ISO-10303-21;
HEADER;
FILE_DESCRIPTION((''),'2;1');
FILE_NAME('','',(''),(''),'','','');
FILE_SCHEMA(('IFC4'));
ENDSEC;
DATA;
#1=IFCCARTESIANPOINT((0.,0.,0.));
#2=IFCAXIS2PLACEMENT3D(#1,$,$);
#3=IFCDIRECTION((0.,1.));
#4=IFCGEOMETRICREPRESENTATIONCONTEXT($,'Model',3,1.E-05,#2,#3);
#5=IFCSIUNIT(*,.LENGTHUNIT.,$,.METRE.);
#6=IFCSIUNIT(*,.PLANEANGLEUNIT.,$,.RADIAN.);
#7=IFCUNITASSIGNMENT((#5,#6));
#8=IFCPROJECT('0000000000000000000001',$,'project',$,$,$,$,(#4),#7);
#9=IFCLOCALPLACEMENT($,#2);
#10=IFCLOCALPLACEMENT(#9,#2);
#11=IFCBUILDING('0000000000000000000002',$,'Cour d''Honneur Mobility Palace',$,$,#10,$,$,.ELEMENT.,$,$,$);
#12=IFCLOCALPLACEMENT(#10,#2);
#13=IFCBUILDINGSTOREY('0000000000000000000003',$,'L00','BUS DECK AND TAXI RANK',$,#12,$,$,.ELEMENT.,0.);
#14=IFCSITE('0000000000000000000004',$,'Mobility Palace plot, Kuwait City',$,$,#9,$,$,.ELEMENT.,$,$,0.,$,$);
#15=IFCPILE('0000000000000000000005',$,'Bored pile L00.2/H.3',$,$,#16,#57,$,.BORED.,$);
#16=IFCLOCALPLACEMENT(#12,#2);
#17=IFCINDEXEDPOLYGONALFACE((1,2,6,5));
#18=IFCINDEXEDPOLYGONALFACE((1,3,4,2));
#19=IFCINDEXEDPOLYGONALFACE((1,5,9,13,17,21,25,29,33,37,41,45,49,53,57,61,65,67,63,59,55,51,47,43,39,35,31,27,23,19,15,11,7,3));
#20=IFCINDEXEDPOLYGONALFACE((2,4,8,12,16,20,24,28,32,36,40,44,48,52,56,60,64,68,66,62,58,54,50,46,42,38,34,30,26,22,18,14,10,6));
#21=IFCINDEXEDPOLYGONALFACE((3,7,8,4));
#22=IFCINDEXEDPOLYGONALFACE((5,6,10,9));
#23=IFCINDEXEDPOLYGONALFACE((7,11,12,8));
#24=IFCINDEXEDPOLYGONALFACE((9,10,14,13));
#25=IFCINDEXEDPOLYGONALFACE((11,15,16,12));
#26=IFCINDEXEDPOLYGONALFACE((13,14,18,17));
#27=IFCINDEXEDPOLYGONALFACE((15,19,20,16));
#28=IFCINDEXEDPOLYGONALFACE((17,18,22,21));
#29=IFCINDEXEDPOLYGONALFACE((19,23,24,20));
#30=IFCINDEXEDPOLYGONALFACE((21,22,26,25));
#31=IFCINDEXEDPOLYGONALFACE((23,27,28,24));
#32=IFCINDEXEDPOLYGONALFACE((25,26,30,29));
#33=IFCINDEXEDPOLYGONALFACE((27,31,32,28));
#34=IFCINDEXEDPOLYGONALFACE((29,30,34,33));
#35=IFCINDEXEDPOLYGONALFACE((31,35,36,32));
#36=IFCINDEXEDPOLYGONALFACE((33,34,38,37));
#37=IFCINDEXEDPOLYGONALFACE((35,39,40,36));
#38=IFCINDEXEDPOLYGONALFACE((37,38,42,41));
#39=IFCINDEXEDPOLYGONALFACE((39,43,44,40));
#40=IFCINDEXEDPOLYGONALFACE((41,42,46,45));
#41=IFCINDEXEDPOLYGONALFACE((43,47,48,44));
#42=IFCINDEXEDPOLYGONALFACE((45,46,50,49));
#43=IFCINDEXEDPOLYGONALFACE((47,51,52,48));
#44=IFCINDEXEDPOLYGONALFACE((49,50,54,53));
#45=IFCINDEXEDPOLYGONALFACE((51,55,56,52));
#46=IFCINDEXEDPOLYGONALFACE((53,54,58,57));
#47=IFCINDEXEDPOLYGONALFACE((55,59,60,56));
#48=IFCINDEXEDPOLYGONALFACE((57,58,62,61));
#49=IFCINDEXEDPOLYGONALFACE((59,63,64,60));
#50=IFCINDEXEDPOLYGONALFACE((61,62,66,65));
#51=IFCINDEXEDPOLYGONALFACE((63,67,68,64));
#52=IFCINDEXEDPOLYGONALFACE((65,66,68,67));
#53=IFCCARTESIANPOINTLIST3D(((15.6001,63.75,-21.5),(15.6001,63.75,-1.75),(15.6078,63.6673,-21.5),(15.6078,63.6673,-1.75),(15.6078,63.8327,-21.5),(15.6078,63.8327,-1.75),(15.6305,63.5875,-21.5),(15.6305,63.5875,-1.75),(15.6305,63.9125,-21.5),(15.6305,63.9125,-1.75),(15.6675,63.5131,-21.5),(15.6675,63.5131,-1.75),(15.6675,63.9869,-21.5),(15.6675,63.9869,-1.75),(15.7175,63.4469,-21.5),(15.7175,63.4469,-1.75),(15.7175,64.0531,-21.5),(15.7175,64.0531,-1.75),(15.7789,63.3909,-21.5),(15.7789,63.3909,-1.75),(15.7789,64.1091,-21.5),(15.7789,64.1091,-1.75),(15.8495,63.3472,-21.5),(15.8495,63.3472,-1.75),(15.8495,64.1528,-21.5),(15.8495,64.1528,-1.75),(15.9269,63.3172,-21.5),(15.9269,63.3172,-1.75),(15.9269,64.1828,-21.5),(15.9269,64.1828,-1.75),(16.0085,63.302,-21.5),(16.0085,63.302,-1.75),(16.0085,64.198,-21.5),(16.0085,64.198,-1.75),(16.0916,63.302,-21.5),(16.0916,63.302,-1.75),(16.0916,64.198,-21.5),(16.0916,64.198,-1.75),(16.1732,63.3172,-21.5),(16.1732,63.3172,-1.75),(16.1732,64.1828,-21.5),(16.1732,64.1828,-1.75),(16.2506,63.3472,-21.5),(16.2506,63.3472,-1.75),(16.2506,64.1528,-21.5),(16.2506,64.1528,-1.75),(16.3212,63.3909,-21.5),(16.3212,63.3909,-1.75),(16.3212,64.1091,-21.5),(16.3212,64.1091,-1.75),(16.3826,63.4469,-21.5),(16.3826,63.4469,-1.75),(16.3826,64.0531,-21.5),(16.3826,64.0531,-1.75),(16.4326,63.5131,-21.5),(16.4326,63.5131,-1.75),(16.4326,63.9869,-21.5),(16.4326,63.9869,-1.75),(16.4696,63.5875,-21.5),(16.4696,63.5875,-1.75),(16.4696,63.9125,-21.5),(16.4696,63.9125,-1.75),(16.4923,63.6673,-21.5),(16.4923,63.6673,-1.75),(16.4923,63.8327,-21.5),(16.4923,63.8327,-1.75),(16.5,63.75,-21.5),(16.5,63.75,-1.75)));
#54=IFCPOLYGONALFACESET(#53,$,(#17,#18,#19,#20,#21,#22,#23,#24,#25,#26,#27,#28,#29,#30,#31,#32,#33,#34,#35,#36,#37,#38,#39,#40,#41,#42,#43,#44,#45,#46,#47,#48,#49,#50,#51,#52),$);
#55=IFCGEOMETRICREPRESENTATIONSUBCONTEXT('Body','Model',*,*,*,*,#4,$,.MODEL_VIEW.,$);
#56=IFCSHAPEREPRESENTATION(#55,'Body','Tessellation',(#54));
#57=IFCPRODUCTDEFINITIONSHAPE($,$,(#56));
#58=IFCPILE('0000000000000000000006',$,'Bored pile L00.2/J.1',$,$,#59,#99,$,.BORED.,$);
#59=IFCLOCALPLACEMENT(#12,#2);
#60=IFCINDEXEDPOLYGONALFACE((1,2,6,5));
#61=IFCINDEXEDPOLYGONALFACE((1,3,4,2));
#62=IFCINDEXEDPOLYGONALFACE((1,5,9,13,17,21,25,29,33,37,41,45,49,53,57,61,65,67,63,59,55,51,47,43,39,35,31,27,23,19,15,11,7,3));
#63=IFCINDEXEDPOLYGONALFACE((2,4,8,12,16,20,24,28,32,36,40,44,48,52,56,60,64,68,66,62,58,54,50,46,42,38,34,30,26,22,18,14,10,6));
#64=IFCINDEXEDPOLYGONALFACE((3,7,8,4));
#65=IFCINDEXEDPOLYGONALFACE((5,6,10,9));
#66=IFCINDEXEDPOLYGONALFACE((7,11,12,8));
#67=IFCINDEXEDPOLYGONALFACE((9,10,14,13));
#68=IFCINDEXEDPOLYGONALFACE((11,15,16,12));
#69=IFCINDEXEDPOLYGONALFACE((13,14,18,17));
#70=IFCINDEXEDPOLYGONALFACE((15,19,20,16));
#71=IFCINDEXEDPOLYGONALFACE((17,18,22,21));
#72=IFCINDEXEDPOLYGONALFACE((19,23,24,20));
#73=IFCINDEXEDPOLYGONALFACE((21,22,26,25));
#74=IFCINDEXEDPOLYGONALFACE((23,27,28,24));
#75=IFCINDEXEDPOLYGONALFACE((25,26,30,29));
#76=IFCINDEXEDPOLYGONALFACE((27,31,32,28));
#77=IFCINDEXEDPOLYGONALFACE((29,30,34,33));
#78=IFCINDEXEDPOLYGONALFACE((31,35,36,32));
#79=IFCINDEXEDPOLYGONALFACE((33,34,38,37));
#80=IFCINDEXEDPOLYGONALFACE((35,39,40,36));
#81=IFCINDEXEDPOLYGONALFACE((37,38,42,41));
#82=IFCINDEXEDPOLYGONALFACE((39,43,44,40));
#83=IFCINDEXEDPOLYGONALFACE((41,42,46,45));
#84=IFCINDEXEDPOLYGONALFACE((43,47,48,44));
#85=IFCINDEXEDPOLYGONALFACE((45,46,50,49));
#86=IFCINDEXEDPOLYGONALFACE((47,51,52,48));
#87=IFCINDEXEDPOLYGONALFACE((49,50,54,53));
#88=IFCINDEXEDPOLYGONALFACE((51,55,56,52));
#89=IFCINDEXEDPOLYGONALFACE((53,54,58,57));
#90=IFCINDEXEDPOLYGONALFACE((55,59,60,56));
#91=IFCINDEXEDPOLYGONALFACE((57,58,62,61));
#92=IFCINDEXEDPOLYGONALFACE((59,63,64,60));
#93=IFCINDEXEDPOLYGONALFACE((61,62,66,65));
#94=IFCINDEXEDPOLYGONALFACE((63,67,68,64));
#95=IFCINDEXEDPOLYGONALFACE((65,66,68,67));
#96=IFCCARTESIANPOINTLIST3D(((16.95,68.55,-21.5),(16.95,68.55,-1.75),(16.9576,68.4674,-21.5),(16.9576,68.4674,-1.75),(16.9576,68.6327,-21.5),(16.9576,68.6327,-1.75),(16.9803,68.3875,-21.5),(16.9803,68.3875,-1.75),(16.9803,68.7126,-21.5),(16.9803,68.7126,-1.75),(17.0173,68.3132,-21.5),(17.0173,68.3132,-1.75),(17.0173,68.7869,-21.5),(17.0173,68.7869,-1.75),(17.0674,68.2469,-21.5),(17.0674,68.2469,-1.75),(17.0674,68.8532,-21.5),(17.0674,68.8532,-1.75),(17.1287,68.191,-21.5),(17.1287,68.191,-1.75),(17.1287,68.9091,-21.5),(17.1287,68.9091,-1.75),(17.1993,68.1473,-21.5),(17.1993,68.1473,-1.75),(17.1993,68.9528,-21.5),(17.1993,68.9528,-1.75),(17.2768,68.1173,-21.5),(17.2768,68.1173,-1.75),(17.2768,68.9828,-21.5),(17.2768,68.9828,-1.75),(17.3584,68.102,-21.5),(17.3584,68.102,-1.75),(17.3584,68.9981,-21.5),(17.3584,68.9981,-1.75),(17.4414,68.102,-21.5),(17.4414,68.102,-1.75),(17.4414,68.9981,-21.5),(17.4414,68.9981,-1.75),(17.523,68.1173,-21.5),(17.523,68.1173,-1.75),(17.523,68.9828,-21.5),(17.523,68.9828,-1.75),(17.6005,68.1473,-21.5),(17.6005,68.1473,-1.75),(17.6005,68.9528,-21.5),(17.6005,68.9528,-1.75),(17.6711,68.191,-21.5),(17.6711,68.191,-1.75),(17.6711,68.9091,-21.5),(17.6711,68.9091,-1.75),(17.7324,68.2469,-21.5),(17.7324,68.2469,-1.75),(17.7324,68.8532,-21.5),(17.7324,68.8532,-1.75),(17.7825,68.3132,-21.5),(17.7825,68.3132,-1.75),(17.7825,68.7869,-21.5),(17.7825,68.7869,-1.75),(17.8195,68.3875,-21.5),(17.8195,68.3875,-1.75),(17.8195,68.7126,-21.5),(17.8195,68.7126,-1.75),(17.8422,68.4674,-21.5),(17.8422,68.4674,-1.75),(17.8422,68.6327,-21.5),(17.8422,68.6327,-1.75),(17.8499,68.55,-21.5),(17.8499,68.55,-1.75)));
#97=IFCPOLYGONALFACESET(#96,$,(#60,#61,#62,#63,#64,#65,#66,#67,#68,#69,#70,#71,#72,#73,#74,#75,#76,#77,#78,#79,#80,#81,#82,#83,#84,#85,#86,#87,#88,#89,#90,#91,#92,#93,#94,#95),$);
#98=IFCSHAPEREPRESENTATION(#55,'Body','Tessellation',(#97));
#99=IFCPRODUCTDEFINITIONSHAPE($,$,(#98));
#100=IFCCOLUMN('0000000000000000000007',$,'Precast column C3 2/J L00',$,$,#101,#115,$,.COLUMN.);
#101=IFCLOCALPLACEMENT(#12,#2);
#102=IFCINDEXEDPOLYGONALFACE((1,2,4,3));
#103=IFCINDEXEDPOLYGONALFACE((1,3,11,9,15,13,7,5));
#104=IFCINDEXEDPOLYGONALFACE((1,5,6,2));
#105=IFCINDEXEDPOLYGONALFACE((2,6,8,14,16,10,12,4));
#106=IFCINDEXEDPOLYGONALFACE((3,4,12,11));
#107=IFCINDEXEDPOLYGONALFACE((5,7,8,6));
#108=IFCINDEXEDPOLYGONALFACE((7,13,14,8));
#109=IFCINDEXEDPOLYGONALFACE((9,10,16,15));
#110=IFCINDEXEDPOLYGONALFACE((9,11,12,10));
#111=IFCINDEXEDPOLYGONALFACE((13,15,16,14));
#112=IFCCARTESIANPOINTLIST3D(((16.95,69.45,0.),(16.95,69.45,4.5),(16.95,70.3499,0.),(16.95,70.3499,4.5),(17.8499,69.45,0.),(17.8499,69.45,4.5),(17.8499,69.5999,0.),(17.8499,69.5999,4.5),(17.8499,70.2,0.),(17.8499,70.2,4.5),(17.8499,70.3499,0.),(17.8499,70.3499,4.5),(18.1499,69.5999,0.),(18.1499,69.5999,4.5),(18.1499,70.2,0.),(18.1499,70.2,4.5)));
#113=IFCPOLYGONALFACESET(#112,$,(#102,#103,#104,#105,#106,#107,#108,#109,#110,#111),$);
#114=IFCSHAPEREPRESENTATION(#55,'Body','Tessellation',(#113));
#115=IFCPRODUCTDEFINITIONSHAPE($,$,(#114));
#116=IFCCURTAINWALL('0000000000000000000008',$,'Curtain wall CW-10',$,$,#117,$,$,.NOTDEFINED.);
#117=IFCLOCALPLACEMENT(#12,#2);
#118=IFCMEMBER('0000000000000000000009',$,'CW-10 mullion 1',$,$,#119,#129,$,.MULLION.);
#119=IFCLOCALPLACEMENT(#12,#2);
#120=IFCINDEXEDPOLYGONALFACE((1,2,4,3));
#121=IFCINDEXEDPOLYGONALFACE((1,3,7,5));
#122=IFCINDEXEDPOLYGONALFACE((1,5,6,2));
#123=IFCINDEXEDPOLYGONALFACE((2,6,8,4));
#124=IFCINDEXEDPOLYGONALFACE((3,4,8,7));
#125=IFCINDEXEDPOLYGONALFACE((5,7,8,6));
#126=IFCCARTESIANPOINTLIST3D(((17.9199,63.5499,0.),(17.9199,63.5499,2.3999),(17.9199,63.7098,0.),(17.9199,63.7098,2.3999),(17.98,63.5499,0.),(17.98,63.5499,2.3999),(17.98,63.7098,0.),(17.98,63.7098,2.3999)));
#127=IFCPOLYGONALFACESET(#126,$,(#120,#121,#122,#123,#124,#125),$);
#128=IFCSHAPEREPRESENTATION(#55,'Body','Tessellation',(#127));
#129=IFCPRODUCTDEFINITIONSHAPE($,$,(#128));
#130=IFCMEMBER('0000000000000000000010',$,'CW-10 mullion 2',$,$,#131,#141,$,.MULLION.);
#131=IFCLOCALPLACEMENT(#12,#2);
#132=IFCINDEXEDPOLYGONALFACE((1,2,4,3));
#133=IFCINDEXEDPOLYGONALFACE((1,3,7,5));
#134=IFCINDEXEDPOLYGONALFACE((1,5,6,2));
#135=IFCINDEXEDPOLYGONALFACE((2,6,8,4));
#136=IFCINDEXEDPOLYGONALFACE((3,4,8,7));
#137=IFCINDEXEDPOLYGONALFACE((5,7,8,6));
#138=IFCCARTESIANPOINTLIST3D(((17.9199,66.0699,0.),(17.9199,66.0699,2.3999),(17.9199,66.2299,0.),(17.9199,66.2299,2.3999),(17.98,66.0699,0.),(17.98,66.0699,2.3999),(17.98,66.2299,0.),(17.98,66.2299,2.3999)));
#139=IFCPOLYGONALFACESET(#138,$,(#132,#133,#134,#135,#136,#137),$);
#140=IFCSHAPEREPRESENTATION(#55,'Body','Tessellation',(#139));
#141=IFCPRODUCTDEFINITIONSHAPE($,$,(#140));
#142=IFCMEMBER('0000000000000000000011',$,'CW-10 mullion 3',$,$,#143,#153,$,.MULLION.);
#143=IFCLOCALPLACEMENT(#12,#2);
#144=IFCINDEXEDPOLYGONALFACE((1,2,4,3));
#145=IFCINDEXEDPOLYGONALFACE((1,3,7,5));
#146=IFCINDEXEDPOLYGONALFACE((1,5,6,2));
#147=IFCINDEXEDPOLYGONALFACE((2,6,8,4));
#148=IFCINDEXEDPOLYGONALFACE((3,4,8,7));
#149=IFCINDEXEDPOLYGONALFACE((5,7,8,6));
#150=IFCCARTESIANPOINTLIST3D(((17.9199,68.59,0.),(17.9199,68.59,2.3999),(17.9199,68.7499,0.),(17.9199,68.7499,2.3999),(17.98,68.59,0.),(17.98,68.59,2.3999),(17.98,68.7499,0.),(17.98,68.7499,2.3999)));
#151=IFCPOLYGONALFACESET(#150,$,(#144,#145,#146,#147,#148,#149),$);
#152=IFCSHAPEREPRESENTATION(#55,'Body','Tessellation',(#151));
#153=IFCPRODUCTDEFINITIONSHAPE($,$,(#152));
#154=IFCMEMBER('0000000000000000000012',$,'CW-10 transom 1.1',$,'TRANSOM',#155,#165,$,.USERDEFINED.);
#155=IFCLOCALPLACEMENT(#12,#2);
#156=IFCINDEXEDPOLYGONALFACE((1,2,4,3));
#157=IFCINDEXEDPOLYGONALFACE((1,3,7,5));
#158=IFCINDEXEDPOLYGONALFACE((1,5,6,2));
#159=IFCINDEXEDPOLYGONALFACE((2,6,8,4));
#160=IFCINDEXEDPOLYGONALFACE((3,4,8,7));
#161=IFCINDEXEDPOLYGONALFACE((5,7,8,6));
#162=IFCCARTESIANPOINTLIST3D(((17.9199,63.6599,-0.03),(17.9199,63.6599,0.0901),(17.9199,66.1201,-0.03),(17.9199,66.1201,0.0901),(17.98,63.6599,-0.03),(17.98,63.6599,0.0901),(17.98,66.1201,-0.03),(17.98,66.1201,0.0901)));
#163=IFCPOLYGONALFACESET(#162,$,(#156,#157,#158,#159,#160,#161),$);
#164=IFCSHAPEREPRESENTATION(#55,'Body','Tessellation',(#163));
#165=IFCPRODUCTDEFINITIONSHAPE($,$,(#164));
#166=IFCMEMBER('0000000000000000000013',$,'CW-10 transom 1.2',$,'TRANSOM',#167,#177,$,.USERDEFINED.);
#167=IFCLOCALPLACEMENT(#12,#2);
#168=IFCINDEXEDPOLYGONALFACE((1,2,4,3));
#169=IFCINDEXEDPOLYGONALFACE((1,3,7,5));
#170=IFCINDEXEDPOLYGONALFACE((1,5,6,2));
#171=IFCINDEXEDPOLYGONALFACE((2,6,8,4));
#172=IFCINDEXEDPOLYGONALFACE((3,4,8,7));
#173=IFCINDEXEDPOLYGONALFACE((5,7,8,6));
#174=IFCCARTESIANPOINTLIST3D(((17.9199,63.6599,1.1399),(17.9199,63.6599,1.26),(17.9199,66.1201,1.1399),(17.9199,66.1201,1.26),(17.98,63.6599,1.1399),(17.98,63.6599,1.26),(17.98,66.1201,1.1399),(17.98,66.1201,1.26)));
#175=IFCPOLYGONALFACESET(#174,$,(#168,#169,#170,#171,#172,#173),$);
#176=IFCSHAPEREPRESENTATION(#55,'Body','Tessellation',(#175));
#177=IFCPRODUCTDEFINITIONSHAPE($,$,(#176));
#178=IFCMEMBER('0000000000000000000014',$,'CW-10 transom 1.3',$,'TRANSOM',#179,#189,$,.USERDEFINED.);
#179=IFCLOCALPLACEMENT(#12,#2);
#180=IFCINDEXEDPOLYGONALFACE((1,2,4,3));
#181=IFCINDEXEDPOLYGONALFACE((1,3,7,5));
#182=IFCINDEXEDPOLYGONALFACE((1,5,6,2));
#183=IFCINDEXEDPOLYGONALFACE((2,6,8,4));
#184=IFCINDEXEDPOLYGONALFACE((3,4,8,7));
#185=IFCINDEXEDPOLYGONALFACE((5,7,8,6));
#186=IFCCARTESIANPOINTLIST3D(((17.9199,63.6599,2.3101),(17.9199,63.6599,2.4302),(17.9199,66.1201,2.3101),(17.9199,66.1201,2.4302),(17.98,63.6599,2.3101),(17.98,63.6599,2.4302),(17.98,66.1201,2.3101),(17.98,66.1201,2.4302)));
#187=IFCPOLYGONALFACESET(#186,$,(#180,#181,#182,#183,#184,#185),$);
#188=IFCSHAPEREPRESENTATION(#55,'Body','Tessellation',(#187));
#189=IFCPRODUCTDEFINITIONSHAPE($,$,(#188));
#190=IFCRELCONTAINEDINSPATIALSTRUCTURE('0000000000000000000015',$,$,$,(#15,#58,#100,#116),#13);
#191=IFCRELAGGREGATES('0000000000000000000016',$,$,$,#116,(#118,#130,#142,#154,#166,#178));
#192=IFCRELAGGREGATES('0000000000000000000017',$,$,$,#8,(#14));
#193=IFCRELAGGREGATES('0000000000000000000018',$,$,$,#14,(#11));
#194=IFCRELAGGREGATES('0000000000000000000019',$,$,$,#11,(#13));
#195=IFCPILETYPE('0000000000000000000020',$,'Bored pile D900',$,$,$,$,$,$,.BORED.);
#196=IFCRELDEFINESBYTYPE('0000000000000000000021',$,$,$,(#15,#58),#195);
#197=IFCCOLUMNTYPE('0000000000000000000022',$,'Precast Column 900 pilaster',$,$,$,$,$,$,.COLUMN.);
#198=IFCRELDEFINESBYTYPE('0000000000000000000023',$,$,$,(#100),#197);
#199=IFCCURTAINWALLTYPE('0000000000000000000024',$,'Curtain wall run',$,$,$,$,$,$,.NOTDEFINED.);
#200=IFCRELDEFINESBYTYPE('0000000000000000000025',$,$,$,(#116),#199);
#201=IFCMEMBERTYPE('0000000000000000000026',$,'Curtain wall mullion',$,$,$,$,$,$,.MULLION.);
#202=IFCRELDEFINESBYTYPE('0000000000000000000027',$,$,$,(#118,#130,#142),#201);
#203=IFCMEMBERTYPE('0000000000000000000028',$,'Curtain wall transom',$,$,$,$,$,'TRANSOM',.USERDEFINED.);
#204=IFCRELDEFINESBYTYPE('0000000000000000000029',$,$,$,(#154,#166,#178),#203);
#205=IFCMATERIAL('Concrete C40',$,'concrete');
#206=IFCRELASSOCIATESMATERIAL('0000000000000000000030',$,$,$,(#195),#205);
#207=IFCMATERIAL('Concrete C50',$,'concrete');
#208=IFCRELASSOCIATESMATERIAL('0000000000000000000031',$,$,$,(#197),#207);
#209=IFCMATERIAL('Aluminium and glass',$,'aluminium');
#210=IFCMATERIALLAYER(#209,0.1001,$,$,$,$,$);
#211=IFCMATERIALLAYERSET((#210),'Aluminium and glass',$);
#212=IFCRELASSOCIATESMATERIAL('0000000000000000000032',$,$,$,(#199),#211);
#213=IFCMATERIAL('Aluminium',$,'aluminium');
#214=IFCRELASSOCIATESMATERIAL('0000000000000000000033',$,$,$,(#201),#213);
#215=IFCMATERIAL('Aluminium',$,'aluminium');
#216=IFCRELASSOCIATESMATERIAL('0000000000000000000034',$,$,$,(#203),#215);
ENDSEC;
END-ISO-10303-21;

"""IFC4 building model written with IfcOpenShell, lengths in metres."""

from ifc_helpers import new_model, si_unit, direction, frame, origin, origin_2d, place, context, subcontext, project, spatial, polyline, rectangle, circle, outline, extrude, material, layer, layer_set, material_profile, profile_set, type_object, element, aggregate, save


model = new_model("IFC4")

# Units and contexts
model_context = context("Model", 3, precision=1e-05, world=origin(), true_north=direction((0.0, 1.0)))
body_context = subcontext(model_context, "Body", "Model", "MODEL_VIEW")
ifc_project = project(units=[si_unit("LENGTHUNIT", "METRE"), si_unit("PLANEANGLEUNIT", "RADIAN")], contexts=[model_context])

# Site, building, storey
site_placement = place(None, origin())
site = spatial("IfcSite", under=ifc_project, at=site_placement, Name="Mobility Palace plot, Kuwait City", CompositionType="ELEMENT", RefElevation=0.0)
building_placement = place(site_placement, origin())
building = spatial("IfcBuilding", under=site, at=building_placement, Name="Cour d'Honneur Mobility Palace", CompositionType="ELEMENT")
storey_placement = place(building_placement, origin())
storey = spatial("IfcBuildingStorey", under=building, at=storey_placement, Name="L00", Description="BUS DECK AND TAXI RANK", CompositionType="ELEMENT", Elevation=0.0)

# Piles
ifc_material_1 = material(Name="Concrete C40", Category="concrete")
ifc_material_profile_1 = material_profile(ifc_material_1, circle(Radius=0.45, at=origin_2d()), Name="Bored pile D900")
ifc_profile_set_1 = profile_set([ifc_material_profile_1], Name="Concrete C40")
pile_type = type_object("IfcPileType", Name="Bored pile D900", PredefinedType="BORED", material=ifc_profile_set_1)
for number, where, z_axis, x_axis, name in (
    (1, (16.05, 63.75, -1.75), (0.0, 0.0, -1.0), (1.0, 0.0, 0.0), "Bored pile L00.2/H.3"),
    (2, (17.3999, 68.55, -1.75), (0.0, 0.0, -1.0), (1.0, 0.0, 0.0), "Bored pile L00.2/J.1"),
):
    element("IfcPile", number, at=place(storey_placement, frame(where, z_axis=z_axis, x_axis=x_axis)), inside=storey, type_object=pile_type, Name=name, PredefinedType="BORED", context=body_context, shape_type="SweptSolid", body=[
        extrude(circle(Radius=0.45, at=origin_2d()), origin(), (0.0, 0.0, 1.0), 19.75),
    ])

# Column
ifc_material_2 = material(Name="Concrete C50", Category="concrete")
ifc_material_profile_2 = material_profile(ifc_material_2, outline(polyline([(-0.45, -0.45), (0.45, -0.45), (0.45, -0.3), (0.75, -0.3), (0.75, 0.3), (0.45, 0.3), (0.45, 0.45), (-0.45, 0.45), (-0.45, -0.45)])), Name="PC C900 pilaster")
ifc_profile_set_2 = profile_set([ifc_material_profile_2], Name="Concrete C50")
column_type = type_object("IfcColumnType", Name="Precast Column 900 pilaster", PredefinedType="COLUMN", material=ifc_profile_set_2)
column_placement = place(storey_placement, frame((17.3999, 69.8999, 0.0), z_axis=(0.0, 0.0, 1.0), x_axis=(1.0, 0.0, 0.0)))
element("IfcColumn", 3, at=column_placement, inside=storey, type_object=column_type, Name="Precast column C3 2/J L00", PredefinedType="COLUMN", context=body_context, shape_type="SweptSolid", body=[
    extrude(outline(polyline([(-0.45, -0.45), (0.45, -0.45), (0.45, -0.3), (0.75, -0.3), (0.75, 0.3), (0.45, 0.3), (0.45, 0.45), (-0.45, 0.45), (-0.45, -0.45)])), origin(), (0.0, 0.0, 1.0), 4.5),
])

# Curtain wall, members
ifc_material_3 = material(Name="Aluminium and glass", Category="aluminium")
ifc_layer_1 = layer(ifc_material_3, 0.1001)
ifc_layer_set_1 = layer_set([ifc_layer_1], Name="Aluminium and glass")
curtain_wall_type = type_object("IfcCurtainWallType", Name="Curtain wall run", PredefinedType="NOTDEFINED", material=ifc_layer_set_1)
curtain_wall_placement = place(storey_placement, origin())
curtain_wall = element("IfcCurtainWall", 4, at=curtain_wall_placement, inside=storey, type_object=curtain_wall_type, Name="Curtain wall CW-10", PredefinedType="NOTDEFINED")
ifc_material_4 = material(Name="Aluminium", Category="aluminium")
ifc_material_profile_3 = material_profile(ifc_material_4, rectangle(XDim=0.0601, YDim=0.1599, at=origin_2d()), Name="Curtain wall mullion")
ifc_profile_set_3 = profile_set([ifc_material_profile_3], Name="Aluminium")
member_type_1 = type_object("IfcMemberType", Name="Curtain wall mullion", PredefinedType="MULLION", material=ifc_profile_set_3)
member_1_placement = place(storey_placement, frame((17.95, 63.6299, 0.0), z_axis=(0.0, 0.0, 1.0), x_axis=(-1.0, 0.0, 0.0)))
member_1 = element("IfcMember", 5, at=member_1_placement, type_object=member_type_1, Name="CW-10 mullion 1", PredefinedType="MULLION", context=body_context, shape_type="SweptSolid", body=[
    extrude(rectangle(XDim=0.0601, YDim=0.1599, at=origin_2d()), origin(), (0.0, 0.0, 1.0), 2.3999),
])
member_2_placement = place(storey_placement, frame((17.95, 66.1499, 0.0), z_axis=(0.0, 0.0, 1.0), x_axis=(-1.0, 0.0, 0.0)))
member_2 = element("IfcMember", 6, at=member_2_placement, type_object=member_type_1, Name="CW-10 mullion 2", PredefinedType="MULLION", context=body_context, shape_type="SweptSolid", body=[
    extrude(rectangle(XDim=0.0601, YDim=0.1599, at=origin_2d()), origin(), (0.0, 0.0, 1.0), 2.3999),
])
member_3_placement = place(storey_placement, frame((17.95, 68.6699, 0.0), z_axis=(0.0, 0.0, 1.0), x_axis=(-1.0, 0.0, 0.0)))
member_3 = element("IfcMember", 7, at=member_3_placement, type_object=member_type_1, Name="CW-10 mullion 3", PredefinedType="MULLION", context=body_context, shape_type="SweptSolid", body=[
    extrude(rectangle(XDim=0.0601, YDim=0.1599, at=origin_2d()), origin(), (0.0, 0.0, 1.0), 2.3999),
])
ifc_material_5 = material(Name="Aluminium", Category="aluminium")
ifc_material_profile_4 = material_profile(ifc_material_5, rectangle(XDim=0.0601, YDim=0.1201, at=origin_2d()), Name="Curtain wall transom")
ifc_profile_set_4 = profile_set([ifc_material_profile_4], Name="Aluminium")
member_type_2 = type_object("IfcMemberType", Name="Curtain wall transom", ElementType="TRANSOM", PredefinedType="USERDEFINED", material=ifc_profile_set_4)
member_4_placement = place(storey_placement, frame((17.95, 63.6599, 0.03), z_axis=(0.0, 1.0, 0.0), x_axis=(-1.0, 0.0, 0.0)))
member_4 = element("IfcMember", 8, at=member_4_placement, type_object=member_type_2, Name="CW-10 transom 1.1", ObjectType="TRANSOM", PredefinedType="USERDEFINED", context=body_context, shape_type="SweptSolid", body=[
    extrude(rectangle(XDim=0.0601, YDim=0.1201, at=origin_2d()), origin(), (0.0, 0.0, 1.0), 2.4602),
])
member_5_placement = place(storey_placement, frame((17.95, 63.6599, 1.2), z_axis=(0.0, 1.0, 0.0), x_axis=(-1.0, 0.0, 0.0)))
member_5 = element("IfcMember", 9, at=member_5_placement, type_object=member_type_2, Name="CW-10 transom 1.2", ObjectType="TRANSOM", PredefinedType="USERDEFINED", context=body_context, shape_type="SweptSolid", body=[
    extrude(rectangle(XDim=0.0601, YDim=0.1201, at=origin_2d()), origin(), (0.0, 0.0, 1.0), 2.4602),
])
member_6_placement = place(storey_placement, frame((17.95, 63.6599, 2.3701), z_axis=(0.0, 1.0, 0.0), x_axis=(-1.0, 0.0, 0.0)))
member_6 = element("IfcMember", 10, at=member_6_placement, type_object=member_type_2, Name="CW-10 transom 1.3", ObjectType="TRANSOM", PredefinedType="USERDEFINED", context=body_context, shape_type="SweptSolid", body=[
    extrude(rectangle(XDim=0.0601, YDim=0.1201, at=origin_2d()), origin(), (0.0, 0.0, 1.0), 2.4602),
])
aggregate(curtain_wall, [member_1, member_2, member_3, member_4, member_5, member_6])

save(model, "model.ifc")
